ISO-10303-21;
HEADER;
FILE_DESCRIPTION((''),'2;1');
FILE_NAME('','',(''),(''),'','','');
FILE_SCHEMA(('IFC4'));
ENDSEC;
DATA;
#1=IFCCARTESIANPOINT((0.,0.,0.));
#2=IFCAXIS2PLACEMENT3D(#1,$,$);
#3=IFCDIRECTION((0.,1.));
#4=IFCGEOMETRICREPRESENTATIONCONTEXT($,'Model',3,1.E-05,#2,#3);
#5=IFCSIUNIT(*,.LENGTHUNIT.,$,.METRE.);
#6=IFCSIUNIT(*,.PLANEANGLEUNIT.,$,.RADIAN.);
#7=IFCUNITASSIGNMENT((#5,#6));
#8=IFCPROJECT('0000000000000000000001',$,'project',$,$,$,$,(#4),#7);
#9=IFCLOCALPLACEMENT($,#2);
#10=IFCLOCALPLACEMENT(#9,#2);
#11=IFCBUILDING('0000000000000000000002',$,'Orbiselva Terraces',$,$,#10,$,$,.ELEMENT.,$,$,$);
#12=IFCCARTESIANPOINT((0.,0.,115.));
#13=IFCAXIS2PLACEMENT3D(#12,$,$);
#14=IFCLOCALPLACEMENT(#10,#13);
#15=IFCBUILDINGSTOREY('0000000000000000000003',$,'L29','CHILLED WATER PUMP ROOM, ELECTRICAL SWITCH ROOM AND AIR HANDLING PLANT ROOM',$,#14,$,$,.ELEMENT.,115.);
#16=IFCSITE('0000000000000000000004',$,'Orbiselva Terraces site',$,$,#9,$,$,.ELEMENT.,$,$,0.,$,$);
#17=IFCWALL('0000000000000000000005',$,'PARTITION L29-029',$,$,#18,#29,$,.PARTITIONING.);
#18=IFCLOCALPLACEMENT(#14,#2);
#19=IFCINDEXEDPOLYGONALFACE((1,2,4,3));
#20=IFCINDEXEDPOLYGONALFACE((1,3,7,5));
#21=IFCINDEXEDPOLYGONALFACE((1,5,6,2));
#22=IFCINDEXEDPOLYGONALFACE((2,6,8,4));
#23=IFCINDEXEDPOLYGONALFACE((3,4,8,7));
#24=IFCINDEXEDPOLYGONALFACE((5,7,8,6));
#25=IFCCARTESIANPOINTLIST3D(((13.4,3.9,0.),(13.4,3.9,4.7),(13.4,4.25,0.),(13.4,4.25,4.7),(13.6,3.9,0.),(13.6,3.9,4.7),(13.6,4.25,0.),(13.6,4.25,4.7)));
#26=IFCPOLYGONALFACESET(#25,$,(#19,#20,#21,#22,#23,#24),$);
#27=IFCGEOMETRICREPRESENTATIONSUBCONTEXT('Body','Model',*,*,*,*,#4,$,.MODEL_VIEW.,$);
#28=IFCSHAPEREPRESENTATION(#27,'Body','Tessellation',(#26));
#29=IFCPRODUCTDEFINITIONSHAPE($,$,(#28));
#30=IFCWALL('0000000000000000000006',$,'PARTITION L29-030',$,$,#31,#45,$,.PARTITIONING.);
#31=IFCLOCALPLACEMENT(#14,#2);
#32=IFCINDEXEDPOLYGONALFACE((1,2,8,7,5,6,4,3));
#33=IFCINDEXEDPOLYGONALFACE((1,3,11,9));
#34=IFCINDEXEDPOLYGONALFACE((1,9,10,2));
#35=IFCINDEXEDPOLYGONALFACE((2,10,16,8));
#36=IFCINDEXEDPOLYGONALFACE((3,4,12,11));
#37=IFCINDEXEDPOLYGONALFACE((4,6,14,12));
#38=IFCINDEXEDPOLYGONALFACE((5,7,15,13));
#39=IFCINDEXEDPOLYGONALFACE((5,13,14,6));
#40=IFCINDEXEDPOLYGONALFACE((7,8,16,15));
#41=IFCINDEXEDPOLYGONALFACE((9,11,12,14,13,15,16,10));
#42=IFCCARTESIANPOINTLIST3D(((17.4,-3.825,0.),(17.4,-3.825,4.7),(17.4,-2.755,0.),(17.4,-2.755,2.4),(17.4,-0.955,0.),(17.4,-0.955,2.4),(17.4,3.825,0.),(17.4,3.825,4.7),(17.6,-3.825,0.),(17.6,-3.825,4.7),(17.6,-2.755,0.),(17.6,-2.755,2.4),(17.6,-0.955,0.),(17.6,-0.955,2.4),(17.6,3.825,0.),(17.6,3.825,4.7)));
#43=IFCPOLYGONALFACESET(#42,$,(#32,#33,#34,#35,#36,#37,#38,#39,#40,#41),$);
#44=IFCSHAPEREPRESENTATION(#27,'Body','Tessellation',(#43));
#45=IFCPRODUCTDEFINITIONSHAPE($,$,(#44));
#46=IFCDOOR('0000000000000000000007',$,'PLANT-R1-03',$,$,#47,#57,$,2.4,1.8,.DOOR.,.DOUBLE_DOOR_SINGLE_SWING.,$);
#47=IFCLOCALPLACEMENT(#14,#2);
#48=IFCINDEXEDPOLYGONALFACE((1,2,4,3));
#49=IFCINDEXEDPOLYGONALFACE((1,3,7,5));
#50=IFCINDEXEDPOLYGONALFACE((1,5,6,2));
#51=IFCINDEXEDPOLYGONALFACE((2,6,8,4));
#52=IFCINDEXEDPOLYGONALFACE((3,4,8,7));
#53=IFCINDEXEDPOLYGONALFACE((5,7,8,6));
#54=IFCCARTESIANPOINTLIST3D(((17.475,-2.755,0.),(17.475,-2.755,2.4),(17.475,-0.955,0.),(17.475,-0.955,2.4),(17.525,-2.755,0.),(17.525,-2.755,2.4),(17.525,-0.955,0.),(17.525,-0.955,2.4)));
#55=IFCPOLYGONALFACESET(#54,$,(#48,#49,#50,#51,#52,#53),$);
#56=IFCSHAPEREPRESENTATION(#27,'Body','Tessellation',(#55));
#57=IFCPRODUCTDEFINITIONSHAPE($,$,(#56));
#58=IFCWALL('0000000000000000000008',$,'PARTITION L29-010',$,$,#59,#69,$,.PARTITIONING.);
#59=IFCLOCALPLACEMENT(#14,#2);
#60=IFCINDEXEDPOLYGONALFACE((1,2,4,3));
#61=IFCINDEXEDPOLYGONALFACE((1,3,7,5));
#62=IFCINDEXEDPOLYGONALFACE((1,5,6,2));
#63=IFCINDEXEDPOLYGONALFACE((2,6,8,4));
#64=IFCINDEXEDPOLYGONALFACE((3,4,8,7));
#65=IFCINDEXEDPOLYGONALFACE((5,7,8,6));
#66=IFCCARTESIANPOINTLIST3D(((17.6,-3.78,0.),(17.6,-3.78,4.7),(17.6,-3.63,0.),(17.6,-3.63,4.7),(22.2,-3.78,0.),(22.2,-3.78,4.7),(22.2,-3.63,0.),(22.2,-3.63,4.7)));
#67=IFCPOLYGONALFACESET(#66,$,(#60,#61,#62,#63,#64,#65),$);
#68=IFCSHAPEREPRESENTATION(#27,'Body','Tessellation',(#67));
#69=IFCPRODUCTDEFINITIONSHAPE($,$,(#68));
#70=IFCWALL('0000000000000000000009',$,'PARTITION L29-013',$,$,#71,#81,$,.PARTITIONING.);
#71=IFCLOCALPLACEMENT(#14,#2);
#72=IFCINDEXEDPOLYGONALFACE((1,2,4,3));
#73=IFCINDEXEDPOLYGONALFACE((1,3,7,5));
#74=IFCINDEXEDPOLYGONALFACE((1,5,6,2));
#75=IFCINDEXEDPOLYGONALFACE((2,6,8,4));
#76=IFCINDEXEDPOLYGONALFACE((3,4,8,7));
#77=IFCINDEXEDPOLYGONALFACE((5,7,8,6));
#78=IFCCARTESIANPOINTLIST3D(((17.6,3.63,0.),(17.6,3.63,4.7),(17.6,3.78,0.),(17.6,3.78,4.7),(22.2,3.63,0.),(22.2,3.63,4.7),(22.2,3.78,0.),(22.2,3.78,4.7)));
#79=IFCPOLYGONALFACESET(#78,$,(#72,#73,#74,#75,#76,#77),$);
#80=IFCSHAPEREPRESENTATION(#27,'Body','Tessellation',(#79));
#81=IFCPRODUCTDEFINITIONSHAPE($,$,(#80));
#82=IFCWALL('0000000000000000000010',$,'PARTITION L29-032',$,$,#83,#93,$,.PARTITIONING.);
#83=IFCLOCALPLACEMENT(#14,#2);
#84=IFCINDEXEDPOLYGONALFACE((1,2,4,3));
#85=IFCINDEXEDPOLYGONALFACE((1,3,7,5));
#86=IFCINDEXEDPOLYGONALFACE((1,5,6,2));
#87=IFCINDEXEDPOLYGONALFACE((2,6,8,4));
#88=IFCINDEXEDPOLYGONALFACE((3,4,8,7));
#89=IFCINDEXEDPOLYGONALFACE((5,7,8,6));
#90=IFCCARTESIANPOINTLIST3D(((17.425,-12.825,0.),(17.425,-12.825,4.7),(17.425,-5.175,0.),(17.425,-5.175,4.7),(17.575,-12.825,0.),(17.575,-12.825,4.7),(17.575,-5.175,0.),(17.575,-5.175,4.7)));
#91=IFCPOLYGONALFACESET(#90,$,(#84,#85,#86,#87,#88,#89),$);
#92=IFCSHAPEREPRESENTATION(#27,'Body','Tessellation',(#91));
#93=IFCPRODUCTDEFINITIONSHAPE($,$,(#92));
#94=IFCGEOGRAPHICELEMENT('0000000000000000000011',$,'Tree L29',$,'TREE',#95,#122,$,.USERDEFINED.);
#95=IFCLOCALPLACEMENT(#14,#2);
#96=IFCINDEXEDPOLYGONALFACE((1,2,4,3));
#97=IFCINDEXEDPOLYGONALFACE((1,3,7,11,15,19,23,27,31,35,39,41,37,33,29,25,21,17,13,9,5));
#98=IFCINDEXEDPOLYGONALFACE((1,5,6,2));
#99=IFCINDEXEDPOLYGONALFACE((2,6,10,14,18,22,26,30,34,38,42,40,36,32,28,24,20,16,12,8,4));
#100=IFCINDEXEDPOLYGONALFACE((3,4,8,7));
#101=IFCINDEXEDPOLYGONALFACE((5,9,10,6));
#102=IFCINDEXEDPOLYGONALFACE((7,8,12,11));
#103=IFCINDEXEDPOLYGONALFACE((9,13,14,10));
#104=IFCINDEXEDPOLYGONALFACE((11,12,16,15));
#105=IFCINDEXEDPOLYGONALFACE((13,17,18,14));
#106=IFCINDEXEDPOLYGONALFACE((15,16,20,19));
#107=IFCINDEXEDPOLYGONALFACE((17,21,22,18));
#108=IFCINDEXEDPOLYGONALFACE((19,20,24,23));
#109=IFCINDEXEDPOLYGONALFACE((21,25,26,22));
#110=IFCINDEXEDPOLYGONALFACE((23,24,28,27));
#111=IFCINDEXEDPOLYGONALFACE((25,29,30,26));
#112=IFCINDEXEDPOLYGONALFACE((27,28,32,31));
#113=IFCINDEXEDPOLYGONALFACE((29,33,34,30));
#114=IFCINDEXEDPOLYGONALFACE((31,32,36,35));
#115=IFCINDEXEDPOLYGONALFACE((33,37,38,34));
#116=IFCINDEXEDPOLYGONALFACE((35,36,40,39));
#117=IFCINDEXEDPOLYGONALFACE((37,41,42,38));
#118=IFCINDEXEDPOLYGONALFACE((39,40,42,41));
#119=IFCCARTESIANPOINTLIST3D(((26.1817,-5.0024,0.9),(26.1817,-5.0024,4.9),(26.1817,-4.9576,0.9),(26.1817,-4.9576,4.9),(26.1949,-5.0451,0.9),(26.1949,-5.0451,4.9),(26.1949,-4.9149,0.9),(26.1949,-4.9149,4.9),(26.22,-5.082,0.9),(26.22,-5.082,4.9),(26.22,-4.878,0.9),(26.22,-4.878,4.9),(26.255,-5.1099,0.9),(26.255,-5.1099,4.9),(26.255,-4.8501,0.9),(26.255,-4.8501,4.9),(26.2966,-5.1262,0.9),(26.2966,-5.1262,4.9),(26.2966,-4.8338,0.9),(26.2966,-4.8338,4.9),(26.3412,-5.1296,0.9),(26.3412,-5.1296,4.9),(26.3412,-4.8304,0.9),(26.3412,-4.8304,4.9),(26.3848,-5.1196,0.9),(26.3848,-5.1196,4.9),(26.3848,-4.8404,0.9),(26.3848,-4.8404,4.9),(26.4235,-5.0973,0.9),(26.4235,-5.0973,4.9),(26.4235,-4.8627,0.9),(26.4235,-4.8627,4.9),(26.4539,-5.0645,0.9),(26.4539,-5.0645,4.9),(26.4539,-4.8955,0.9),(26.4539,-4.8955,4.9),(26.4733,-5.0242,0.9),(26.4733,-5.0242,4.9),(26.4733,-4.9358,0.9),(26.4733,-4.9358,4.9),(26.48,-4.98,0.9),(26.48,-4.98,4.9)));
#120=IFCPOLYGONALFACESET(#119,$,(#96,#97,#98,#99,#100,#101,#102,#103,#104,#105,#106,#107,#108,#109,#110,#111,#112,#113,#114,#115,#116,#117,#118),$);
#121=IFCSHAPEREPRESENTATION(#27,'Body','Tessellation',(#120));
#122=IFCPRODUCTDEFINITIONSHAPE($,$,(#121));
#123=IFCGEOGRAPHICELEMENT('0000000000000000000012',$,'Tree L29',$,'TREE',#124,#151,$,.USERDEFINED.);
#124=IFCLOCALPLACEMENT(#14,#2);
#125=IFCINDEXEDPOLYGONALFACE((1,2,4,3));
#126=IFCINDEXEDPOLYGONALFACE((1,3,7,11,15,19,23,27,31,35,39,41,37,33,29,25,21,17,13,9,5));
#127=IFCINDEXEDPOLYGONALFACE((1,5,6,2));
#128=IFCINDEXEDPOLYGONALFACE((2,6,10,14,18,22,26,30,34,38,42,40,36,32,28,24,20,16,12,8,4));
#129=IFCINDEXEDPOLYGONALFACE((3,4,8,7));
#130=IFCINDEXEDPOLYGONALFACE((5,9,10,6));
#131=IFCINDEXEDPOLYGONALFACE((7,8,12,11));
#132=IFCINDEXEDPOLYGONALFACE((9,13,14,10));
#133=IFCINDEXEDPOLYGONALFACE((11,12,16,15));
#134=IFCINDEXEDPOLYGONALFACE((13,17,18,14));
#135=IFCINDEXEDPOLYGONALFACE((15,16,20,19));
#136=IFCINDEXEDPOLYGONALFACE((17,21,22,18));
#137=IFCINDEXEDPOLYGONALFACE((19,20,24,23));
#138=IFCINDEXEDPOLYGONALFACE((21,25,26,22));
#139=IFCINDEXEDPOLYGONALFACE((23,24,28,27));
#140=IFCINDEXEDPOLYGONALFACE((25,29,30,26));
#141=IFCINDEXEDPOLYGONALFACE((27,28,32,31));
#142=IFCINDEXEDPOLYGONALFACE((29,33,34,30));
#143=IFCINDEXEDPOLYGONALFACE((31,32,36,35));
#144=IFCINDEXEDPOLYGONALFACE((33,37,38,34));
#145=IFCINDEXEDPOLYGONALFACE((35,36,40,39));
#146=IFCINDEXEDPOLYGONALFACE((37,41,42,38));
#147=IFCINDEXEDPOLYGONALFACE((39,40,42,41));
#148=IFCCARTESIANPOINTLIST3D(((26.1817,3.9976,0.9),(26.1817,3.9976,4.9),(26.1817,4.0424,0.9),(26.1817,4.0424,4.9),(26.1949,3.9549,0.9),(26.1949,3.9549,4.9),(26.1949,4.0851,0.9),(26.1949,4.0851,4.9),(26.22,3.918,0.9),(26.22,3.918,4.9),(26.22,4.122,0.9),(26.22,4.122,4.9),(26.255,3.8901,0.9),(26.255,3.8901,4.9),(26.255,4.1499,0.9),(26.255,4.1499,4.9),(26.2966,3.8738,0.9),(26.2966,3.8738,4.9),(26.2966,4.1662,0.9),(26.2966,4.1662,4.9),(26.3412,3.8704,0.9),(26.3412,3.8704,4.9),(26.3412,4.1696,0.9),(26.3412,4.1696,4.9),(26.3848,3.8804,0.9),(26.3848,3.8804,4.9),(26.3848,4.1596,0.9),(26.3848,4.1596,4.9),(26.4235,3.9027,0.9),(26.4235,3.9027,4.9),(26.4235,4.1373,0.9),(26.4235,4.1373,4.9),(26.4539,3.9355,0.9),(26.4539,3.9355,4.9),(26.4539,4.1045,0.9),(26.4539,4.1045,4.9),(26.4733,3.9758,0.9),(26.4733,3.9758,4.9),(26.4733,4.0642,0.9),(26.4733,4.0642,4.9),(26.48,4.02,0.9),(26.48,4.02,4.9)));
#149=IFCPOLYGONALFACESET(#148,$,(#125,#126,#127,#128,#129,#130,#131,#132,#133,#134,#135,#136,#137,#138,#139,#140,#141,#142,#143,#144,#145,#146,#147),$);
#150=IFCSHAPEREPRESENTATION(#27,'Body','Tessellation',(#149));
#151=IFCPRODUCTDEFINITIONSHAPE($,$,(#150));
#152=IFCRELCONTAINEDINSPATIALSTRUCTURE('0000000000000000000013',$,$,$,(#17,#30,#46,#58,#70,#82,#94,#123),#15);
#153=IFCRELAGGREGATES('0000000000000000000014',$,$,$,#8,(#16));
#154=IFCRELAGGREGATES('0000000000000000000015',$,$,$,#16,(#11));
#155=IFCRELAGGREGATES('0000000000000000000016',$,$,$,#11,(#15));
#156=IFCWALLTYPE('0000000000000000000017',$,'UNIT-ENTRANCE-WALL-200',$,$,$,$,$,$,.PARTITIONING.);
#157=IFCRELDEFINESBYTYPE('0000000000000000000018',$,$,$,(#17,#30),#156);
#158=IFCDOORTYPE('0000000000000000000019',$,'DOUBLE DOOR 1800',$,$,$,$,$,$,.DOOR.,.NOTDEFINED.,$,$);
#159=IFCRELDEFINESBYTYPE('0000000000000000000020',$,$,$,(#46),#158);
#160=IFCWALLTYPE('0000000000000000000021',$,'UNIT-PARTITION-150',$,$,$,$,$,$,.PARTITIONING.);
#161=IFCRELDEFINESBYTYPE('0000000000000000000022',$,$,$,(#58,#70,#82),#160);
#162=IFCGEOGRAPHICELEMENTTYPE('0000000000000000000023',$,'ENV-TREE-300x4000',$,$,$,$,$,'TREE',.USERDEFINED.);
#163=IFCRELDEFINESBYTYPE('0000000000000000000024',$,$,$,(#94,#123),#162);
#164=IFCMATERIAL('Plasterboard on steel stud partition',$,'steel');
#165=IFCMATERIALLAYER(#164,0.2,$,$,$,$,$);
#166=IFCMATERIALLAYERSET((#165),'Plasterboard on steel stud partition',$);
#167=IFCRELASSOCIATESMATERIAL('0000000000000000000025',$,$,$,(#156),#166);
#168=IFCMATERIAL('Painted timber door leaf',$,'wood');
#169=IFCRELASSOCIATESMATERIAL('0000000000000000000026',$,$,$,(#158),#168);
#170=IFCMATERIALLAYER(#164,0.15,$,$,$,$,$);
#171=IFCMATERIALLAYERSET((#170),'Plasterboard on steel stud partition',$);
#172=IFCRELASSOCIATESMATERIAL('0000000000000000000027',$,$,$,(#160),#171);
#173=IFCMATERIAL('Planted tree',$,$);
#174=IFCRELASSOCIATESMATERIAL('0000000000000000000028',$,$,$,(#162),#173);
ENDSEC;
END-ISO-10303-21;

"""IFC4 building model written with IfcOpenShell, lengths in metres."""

from ifc_helpers import new_model, si_unit, direction, frame, frame_2d, origin, origin_2d, place, context, subcontext, project, spatial, rectangle, circle, extrude, material, layer, layer_set, type_object, element, fill, save


model = new_model("IFC4")

# Units and contexts
model_context = context("Model", 3, precision=1e-05, world=origin(), true_north=direction((0.0, 1.0)))
body_context = subcontext(model_context, "Body", "Model", "MODEL_VIEW")
ifc_project = project(units=[si_unit("LENGTHUNIT", "METRE"), si_unit("PLANEANGLEUNIT", "RADIAN")], contexts=[model_context])

# Site, building, storey
site_placement = place(None, origin())
site = spatial("IfcSite", under=ifc_project, at=site_placement, Name="Orbiselva Terraces site", CompositionType="ELEMENT", RefElevation=0.0)
building_placement = place(site_placement, origin())
building = spatial("IfcBuilding", under=site, at=building_placement, Name="Orbiselva Terraces", CompositionType="ELEMENT")
storey_placement = place(building_placement, frame((0.0, 0.0, 115.0)))
storey = spatial("IfcBuildingStorey", under=building, at=storey_placement, Name="L29", Description="CHILLED WATER PUMP ROOM, ELECTRICAL SWITCH ROOM AND AIR HANDLING PLANT ROOM", CompositionType="ELEMENT", Elevation=115.0)

# Shared definitions
ifc_material_1 = material(Name="Plasterboard on steel stud partition", Category="steel")
ifc_layer_1 = layer(ifc_material_1, 0.2)
ifc_layer_set_1 = layer_set([ifc_layer_1], Name="Plasterboard on steel stud partition")
wall_type_1 = type_object("IfcWallType", Name="UNIT-ENTRANCE-WALL-200", PredefinedType="PARTITIONING", material=ifc_layer_set_1)
ifc_material_2 = material(Name="Painted timber door leaf", Category="wood")

# Wall
wall_1_placement = place(storey_placement, frame((13.5, 3.9, 0.0), z_axis=(0.0, 0.0, 1.0), x_axis=(0.0, 1.0, 0.0)))
element("IfcWall", 1, at=wall_1_placement, inside=storey, type_object=wall_type_1, Name="PARTITION L29-029", PredefinedType="PARTITIONING", context=body_context, shape_type="SweptSolid", body=[
    extrude(rectangle(XDim=0.35, YDim=0.2, at=frame_2d((0.175, 0.0))), origin(), (0.0, 0.0, 1.0), 4.7),
])

# Wall, opening, door
wall_2_placement = place(storey_placement, frame((17.5, -3.825, 0.0), z_axis=(0.0, 0.0, 1.0), x_axis=(0.0, 1.0, 0.0)))
wall_2 = element("IfcWall", 2, at=wall_2_placement, inside=storey, type_object=wall_type_1, Name="PARTITION L29-030", PredefinedType="PARTITIONING", context=body_context, shape_type="SweptSolid", body=[
    extrude(rectangle(XDim=7.65, YDim=0.2, at=frame_2d((3.825, 0.0))), origin(), (0.0, 0.0, 1.0), 4.7),
])
opening_1_placement = place(wall_2_placement, frame((1.07, 0.0, 0.0)))
opening_1 = element("IfcOpeningElement", 3, at=opening_1_placement, cuts=wall_2, PredefinedType="OPENING", context=body_context, shape_type="SweptSolid", body=[
    extrude(rectangle(XDim=1.8, YDim=2.4, at=frame_2d((0.9, 1.2))), frame((0.0, 0.11, 0.0), z_axis=(0.0, -1.0, 0.0), x_axis=(1.0, 0.0, 0.0)), (0.0, 0.0, 1.0), 0.22),
])
door_type_1 = type_object("IfcDoorType", Name="DOUBLE DOOR 1800", OperationType="NOTDEFINED", PredefinedType="DOOR", material=ifc_material_2)
door_1_placement = place(opening_1_placement, origin())
door_1 = element("IfcDoor", 4, at=door_1_placement, inside=storey, type_object=door_type_1, Name="PLANT-R1-03", OperationType="DOUBLE_DOOR_SINGLE_SWING", OverallHeight=2.4, OverallWidth=1.8, PredefinedType="DOOR", context=body_context, shape_type="SweptSolid", body=[
    extrude(rectangle(XDim=1.8, YDim=2.4, at=frame_2d((0.9, 1.2))), frame((0.0, 0.025, 0.0), z_axis=(0.0, -1.0, 0.0), x_axis=(1.0, 0.0, 0.0)), (0.0, 0.0, 1.0), 0.05),
])
fill(opening_1, door_1)

# Walls
ifc_layer_2 = layer(ifc_material_1, 0.15)
ifc_layer_set_2 = layer_set([ifc_layer_2], Name="Plasterboard on steel stud partition")
wall_type_2 = type_object("IfcWallType", Name="UNIT-PARTITION-150", PredefinedType="PARTITIONING", material=ifc_layer_set_2)
for number, where, z_axis, x_axis, name in (
    (5, (17.6, -3.705, 0.0), (0.0, 0.0, 1.0), (1.0, 0.0, 0.0), "PARTITION L29-010"),
    (6, (17.6, 3.705, 0.0), (0.0, 0.0, 1.0), (1.0, 0.0, 0.0), "PARTITION L29-013"),
):
    element("IfcWall", number, at=place(storey_placement, frame(where, z_axis=z_axis, x_axis=x_axis)), inside=storey, type_object=wall_type_2, Name=name, PredefinedType="PARTITIONING", context=body_context, shape_type="SweptSolid", body=[
        extrude(rectangle(XDim=4.6, YDim=0.15, at=frame_2d((2.3, 0.0))), origin(), (0.0, 0.0, 1.0), 4.7),
    ])
wall_3_placement = place(storey_placement, frame((17.5, -12.825, 0.0), z_axis=(0.0, 0.0, 1.0), x_axis=(0.0, 1.0, 0.0)))
element("IfcWall", 7, at=wall_3_placement, inside=storey, type_object=wall_type_2, Name="PARTITION L29-032", PredefinedType="PARTITIONING", context=body_context, shape_type="SweptSolid", body=[
    extrude(rectangle(XDim=7.65, YDim=0.15, at=frame_2d((3.825, 0.0))), origin(), (0.0, 0.0, 1.0), 4.7),
])

# Geographic elements
ifc_material_3 = material(Name="Planted tree")
geographic_element_type = type_object("IfcGeographicElementType", Name="ENV-TREE-300x4000", ElementType="TREE", PredefinedType="USERDEFINED", material=ifc_material_3)
for number, where, z_axis, x_axis, name in (
    (8, (26.33, -4.98, 4.9), (0.0, 0.0, -1.0), (1.0, 0.0, 0.0), "Tree L29"),
    (9, (26.33, 4.02, 4.9), (0.0, 0.0, -1.0), (1.0, 0.0, 0.0), "Tree L29"),
):
    element("IfcGeographicElement", number, at=place(storey_placement, frame(where, z_axis=z_axis, x_axis=x_axis)), inside=storey, type_object=geographic_element_type, Name=name, ObjectType="TREE", PredefinedType="USERDEFINED", context=body_context, shape_type="SweptSolid", body=[
        extrude(circle(Radius=0.15, at=origin_2d()), origin(), (0.0, 0.0, 1.0), 4.0),
    ])

save(model, "model.ifc")
